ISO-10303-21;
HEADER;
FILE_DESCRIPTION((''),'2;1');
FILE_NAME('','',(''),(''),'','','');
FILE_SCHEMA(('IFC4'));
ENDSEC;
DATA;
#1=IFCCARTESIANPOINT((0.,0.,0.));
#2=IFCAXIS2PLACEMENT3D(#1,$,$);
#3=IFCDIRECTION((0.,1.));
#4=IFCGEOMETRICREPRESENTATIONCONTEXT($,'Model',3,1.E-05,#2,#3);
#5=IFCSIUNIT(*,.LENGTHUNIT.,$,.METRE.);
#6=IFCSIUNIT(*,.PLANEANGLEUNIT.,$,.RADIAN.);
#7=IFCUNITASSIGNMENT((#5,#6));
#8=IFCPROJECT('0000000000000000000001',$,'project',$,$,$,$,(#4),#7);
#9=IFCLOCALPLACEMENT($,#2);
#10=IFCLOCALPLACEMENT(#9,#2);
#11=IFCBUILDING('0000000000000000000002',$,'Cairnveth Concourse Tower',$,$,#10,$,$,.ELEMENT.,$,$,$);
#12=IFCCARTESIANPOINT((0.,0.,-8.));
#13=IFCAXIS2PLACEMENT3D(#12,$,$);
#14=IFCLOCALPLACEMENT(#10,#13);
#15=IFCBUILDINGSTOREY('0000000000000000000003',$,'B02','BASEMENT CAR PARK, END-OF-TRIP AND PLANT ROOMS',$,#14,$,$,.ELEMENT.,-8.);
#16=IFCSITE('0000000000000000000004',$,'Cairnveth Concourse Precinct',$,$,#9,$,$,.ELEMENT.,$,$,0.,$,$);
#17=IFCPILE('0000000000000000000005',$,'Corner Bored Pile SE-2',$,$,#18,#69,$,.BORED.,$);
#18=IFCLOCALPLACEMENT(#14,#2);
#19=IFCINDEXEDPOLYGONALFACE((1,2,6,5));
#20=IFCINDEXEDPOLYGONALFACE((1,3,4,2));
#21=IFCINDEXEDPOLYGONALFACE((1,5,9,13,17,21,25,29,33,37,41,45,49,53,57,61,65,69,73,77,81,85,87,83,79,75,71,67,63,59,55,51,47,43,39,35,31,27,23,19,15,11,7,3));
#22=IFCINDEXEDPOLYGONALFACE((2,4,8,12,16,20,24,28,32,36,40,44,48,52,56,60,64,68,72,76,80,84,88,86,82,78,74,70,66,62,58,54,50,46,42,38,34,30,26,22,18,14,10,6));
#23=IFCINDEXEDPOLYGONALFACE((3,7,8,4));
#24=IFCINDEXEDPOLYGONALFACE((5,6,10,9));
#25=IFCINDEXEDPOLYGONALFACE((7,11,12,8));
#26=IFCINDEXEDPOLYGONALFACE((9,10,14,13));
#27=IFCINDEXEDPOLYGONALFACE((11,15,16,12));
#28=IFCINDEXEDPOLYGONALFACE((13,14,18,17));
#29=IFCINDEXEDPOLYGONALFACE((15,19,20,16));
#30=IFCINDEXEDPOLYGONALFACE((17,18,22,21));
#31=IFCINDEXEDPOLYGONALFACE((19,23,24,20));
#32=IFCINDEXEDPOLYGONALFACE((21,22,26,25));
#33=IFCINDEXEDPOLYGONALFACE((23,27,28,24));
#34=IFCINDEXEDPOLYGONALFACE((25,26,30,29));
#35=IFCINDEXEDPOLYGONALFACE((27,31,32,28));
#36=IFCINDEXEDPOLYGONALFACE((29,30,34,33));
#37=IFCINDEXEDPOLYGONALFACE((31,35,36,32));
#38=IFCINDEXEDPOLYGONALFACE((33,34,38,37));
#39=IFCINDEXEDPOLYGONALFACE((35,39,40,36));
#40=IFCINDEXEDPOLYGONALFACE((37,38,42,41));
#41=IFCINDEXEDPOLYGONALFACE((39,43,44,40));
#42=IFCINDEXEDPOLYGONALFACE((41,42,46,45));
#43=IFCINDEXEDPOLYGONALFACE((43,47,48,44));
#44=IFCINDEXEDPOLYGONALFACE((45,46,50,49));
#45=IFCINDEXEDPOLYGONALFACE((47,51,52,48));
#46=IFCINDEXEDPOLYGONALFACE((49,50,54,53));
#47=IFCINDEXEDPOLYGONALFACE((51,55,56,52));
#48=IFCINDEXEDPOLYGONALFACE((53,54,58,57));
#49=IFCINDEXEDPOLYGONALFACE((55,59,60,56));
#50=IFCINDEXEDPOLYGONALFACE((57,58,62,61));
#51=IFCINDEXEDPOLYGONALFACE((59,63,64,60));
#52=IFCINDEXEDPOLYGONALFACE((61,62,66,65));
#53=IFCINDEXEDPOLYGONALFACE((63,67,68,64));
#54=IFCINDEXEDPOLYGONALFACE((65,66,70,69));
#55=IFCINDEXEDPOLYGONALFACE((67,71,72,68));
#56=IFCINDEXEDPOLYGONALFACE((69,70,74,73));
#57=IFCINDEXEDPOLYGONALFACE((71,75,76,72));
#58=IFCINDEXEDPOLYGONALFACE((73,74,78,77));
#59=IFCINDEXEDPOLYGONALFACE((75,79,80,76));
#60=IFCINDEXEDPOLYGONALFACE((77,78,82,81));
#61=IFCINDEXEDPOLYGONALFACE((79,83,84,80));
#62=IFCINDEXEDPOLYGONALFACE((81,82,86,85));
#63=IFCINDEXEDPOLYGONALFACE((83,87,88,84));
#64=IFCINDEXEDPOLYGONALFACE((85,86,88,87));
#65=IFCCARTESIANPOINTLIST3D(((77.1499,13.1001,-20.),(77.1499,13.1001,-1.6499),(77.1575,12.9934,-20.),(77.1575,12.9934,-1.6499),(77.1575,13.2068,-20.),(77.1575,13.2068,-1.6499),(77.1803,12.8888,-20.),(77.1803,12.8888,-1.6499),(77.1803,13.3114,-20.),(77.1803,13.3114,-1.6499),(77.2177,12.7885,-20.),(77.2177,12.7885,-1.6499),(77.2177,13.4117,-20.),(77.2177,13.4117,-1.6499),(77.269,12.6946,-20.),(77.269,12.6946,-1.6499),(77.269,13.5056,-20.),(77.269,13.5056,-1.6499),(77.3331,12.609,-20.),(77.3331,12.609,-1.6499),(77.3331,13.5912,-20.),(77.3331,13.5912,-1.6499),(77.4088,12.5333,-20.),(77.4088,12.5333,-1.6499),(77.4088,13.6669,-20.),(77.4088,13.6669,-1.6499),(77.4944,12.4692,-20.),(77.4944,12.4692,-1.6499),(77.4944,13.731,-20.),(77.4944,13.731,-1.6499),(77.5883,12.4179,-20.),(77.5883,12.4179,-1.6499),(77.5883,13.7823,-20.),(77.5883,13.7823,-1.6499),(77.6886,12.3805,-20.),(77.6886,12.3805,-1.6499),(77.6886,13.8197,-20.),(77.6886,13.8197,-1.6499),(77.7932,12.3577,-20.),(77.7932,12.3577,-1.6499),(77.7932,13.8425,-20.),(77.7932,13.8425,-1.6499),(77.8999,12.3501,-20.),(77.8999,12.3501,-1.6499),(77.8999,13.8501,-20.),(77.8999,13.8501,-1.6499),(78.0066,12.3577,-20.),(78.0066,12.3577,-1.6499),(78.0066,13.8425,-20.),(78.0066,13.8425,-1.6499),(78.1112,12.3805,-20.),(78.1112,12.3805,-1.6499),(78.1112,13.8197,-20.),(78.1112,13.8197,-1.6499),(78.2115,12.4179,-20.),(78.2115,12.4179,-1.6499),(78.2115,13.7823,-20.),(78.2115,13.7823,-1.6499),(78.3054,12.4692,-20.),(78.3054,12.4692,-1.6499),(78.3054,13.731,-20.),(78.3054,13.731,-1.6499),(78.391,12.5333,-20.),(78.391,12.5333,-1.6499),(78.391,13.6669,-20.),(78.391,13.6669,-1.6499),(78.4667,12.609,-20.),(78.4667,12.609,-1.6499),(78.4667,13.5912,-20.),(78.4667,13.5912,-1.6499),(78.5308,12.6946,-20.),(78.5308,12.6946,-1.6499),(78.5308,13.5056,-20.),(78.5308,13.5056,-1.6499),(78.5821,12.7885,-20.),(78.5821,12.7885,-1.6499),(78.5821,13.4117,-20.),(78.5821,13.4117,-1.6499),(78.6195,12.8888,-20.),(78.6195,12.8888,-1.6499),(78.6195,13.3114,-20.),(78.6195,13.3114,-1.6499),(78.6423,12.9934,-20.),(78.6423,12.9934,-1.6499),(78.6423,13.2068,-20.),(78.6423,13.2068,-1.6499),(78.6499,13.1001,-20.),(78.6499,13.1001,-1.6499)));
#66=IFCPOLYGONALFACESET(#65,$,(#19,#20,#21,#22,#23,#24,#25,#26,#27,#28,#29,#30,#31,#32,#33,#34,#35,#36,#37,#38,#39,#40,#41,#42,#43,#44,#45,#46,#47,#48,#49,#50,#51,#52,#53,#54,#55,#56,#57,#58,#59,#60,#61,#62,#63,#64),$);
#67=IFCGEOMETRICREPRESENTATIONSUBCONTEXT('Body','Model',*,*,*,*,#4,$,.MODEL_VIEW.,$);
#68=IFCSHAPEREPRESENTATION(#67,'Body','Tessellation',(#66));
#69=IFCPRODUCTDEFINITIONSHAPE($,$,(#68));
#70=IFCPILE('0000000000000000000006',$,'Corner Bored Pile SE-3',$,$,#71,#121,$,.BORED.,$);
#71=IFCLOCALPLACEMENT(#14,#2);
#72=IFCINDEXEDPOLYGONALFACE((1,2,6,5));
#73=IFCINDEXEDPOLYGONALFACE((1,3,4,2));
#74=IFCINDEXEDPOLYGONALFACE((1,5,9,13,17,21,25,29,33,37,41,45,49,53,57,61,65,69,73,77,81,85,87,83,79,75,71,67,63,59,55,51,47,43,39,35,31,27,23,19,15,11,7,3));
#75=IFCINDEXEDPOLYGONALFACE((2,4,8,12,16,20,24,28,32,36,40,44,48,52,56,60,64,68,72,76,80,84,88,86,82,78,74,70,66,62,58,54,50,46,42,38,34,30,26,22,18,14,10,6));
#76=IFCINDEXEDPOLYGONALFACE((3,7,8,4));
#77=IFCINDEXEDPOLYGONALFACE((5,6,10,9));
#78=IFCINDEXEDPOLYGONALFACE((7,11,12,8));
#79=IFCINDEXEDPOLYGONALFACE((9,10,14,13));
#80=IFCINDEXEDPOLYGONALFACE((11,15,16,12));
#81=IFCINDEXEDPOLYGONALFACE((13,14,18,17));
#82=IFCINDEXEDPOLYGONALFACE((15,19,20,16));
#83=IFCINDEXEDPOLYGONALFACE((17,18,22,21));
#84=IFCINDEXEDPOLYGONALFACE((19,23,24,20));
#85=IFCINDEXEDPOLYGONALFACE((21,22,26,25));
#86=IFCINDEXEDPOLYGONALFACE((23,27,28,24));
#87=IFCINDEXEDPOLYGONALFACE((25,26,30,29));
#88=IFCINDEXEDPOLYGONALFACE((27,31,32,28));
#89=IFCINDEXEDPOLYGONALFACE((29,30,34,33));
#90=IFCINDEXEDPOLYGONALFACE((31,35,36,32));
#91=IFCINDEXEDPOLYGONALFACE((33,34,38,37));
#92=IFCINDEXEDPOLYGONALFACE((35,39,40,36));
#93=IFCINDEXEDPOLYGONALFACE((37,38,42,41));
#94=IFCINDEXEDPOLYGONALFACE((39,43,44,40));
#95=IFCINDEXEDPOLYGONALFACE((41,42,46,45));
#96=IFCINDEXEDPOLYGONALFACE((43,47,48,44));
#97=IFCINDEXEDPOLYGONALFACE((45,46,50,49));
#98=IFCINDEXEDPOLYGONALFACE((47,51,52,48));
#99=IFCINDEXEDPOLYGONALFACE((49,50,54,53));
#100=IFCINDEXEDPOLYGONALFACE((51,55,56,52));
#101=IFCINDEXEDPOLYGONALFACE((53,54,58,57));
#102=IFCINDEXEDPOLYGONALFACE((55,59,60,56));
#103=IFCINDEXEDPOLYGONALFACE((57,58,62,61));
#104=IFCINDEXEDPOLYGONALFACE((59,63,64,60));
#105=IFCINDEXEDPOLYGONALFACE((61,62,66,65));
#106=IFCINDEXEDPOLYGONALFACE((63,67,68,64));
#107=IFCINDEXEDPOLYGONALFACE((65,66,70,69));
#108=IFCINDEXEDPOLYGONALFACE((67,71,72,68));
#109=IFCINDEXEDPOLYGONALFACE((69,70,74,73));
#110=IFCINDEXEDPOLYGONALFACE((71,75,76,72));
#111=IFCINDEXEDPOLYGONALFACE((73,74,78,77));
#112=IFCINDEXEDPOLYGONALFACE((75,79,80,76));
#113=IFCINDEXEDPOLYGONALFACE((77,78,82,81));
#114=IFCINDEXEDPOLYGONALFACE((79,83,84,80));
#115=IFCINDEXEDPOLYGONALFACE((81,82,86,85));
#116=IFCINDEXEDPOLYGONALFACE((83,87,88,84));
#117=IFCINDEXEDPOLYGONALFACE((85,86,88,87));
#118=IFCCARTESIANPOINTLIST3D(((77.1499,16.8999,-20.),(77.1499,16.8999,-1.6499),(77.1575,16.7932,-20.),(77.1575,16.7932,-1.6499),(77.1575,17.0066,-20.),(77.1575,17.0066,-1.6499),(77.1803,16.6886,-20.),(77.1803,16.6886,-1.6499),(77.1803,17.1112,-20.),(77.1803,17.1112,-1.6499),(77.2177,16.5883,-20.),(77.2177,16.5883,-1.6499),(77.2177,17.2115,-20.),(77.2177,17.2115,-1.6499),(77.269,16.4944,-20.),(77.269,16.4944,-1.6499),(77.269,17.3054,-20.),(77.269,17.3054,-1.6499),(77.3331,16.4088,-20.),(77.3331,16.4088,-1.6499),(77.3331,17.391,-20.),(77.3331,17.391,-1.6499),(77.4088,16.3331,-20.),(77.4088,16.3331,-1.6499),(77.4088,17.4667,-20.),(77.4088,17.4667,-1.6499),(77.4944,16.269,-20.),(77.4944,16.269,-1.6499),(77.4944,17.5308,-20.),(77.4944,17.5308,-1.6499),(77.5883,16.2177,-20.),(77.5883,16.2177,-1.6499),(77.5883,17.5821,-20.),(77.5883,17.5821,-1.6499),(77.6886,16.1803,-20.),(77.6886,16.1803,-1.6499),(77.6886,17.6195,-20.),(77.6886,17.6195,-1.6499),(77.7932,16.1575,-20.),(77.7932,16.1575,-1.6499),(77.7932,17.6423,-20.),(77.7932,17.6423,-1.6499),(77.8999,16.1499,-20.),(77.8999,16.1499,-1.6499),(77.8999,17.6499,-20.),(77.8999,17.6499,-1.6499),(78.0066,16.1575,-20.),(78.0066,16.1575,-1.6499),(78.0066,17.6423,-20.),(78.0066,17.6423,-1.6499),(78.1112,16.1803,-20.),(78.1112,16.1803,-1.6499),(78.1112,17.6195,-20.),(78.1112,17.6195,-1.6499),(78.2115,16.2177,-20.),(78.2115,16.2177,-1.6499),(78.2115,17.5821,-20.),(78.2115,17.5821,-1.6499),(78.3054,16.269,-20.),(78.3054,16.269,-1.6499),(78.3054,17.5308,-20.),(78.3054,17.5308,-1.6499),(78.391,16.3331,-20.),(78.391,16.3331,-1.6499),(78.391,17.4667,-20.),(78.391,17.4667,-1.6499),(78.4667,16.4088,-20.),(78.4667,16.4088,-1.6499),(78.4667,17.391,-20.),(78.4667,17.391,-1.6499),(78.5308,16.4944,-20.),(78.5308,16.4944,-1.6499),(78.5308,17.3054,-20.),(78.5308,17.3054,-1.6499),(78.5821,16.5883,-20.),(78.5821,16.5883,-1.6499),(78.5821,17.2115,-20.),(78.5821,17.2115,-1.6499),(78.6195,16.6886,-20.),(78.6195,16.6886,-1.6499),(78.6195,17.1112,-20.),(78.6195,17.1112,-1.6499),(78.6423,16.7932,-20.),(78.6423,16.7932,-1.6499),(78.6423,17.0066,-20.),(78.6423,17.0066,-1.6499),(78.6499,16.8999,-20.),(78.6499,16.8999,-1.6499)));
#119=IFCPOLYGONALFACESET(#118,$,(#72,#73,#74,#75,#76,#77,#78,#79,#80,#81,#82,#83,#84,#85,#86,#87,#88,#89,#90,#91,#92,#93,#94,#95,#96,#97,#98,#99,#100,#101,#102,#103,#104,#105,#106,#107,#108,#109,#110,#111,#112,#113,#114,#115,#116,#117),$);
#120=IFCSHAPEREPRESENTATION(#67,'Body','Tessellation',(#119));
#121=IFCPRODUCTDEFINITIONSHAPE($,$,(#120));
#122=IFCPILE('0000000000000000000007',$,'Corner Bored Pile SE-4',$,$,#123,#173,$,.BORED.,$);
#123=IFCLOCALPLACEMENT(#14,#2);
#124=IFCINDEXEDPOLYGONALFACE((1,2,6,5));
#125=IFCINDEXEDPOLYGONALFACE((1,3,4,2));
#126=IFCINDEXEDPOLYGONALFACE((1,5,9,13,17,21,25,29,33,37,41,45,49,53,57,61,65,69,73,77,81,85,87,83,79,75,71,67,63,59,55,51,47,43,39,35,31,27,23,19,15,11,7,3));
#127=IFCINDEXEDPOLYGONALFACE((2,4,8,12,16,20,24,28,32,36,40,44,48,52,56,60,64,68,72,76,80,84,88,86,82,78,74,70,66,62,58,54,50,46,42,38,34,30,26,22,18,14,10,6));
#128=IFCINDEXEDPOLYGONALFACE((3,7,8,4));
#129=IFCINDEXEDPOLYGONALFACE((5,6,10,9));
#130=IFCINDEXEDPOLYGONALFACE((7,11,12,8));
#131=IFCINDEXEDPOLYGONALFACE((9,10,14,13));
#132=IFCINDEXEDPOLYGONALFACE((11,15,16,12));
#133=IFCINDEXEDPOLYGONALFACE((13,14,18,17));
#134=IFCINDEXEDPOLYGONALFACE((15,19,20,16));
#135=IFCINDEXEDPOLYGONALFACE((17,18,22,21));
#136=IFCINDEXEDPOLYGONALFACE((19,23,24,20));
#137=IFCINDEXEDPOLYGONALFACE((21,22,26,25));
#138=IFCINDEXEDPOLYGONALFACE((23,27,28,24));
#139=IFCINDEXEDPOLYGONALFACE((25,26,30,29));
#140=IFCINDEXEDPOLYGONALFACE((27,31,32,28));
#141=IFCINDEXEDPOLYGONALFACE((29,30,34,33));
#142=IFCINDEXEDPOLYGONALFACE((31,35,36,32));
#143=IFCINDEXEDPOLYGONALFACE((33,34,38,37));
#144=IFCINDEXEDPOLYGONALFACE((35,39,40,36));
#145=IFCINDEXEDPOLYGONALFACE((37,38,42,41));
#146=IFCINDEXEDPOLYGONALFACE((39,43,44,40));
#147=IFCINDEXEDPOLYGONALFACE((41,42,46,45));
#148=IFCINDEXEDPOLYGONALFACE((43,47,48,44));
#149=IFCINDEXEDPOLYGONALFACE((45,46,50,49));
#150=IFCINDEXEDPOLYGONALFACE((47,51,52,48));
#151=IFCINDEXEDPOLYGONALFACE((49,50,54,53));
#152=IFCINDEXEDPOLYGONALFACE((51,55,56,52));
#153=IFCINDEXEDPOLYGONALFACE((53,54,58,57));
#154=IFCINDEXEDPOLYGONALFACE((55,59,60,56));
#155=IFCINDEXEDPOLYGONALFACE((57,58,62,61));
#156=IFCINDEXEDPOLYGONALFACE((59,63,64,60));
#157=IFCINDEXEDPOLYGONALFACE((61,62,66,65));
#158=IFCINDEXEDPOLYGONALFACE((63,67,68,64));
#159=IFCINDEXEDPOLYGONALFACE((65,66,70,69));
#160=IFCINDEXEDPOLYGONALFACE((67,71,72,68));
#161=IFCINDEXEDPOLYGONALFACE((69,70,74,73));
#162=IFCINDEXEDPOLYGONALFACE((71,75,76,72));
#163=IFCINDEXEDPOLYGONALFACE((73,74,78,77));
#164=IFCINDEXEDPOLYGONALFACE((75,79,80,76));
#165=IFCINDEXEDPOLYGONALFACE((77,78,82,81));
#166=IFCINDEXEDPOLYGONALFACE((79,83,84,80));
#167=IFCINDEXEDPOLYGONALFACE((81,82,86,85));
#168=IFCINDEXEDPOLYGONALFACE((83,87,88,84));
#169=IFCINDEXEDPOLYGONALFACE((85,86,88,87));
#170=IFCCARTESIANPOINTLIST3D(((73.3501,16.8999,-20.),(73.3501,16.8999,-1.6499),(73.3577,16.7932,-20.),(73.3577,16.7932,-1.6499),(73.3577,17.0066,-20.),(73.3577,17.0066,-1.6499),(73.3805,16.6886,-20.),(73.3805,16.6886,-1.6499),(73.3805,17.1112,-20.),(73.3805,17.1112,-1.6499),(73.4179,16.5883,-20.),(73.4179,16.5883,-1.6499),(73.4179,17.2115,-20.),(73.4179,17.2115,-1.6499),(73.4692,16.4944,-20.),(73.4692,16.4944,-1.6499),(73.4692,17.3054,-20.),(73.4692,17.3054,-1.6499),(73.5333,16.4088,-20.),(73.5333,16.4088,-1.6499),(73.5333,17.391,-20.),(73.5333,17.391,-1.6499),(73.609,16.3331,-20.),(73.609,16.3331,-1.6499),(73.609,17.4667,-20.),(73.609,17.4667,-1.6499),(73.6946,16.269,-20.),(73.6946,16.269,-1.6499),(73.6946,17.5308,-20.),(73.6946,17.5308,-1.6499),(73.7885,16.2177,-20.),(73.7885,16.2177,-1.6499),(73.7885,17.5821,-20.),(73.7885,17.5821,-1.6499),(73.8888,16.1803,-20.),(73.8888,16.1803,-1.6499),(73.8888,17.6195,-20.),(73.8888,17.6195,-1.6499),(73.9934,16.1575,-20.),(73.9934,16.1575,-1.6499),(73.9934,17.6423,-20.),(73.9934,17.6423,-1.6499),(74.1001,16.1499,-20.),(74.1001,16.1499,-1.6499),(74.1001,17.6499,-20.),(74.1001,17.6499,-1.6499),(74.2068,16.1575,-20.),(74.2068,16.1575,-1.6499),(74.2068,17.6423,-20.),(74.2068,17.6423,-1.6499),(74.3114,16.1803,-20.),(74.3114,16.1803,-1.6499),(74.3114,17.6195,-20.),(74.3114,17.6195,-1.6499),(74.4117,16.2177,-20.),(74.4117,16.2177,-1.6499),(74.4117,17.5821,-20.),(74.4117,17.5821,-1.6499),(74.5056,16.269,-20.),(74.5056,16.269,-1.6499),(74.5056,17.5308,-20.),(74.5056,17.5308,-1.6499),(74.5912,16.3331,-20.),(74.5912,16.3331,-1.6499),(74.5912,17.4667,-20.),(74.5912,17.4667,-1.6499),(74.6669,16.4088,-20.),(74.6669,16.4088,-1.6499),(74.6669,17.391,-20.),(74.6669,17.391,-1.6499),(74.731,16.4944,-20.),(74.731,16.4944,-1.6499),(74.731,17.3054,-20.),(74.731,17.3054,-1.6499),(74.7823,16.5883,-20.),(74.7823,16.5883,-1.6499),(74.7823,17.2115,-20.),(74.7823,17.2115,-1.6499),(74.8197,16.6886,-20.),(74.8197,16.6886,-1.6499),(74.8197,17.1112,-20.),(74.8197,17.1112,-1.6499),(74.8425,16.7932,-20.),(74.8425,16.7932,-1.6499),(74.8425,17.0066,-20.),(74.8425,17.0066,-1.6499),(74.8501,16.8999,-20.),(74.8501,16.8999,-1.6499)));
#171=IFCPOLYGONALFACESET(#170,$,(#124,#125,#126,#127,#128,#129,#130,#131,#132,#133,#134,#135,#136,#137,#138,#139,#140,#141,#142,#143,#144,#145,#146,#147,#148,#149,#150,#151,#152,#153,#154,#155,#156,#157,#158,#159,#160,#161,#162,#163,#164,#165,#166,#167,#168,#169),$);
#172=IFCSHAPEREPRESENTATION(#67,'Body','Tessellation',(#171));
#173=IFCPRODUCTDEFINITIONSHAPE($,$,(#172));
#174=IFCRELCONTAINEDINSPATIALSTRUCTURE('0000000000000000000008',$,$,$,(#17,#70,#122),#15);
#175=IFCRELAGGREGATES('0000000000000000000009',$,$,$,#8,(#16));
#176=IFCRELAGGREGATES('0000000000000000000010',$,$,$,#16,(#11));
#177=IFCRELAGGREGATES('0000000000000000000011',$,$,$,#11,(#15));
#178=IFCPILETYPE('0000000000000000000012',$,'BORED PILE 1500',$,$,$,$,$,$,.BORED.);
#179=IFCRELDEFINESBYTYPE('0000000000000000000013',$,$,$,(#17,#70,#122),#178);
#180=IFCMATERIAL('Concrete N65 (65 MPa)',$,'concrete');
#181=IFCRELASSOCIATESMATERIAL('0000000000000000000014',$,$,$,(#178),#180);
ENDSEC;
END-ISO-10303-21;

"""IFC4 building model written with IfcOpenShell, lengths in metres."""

from ifc_helpers import new_model, si_unit, direction, frame, origin, origin_2d, place, context, subcontext, project, spatial, circle, extrude, material, material_profile, profile_set, type_object, element, save


model = new_model("IFC4")

# Units and contexts
model_context = context("Model", 3, precision=1e-05, world=origin(), true_north=direction((0.0, 1.0)))
body_context = subcontext(model_context, "Body", "Model", "MODEL_VIEW")
ifc_project = project(units=[si_unit("LENGTHUNIT", "METRE"), si_unit("PLANEANGLEUNIT", "RADIAN")], contexts=[model_context])

# Site, building, storey
site_placement = place(None, origin())
site = spatial("IfcSite", under=ifc_project, at=site_placement, Name="Cairnveth Concourse Precinct", CompositionType="ELEMENT", RefElevation=0.0)
building_placement = place(site_placement, origin())
building = spatial("IfcBuilding", under=site, at=building_placement, Name="Cairnveth Concourse Tower", CompositionType="ELEMENT")
storey_placement = place(building_placement, frame((0.0, 0.0, -8.0)))
storey = spatial("IfcBuildingStorey", under=building, at=storey_placement, Name="B02", Description="BASEMENT CAR PARK, END-OF-TRIP AND PLANT ROOMS", CompositionType="ELEMENT", Elevation=-8.0)

# Piles
ifc_material_1 = material(Name="Concrete N65 (65 MPa)", Category="concrete")
ifc_material_profile_1 = material_profile(ifc_material_1, circle(Radius=0.75, at=origin_2d()), Name="PILE-1500")
ifc_profile_set_1 = profile_set([ifc_material_profile_1], Name="Concrete N65 (65 MPa)")
pile_type_1 = type_object("IfcPileType", Name="BORED PILE 1500", PredefinedType="BORED", material=ifc_profile_set_1)
for number, where, z_axis, x_axis, name in (
    (1, (77.8999, 13.1001, -1.6499), (0.0, 0.0, -1.0), (1.0, 0.0, 0.0), "Corner Bored Pile SE-2"),
    (2, (77.8999, 16.8999, -1.6499), (0.0, 0.0, -1.0), (1.0, 0.0, 0.0), "Corner Bored Pile SE-3"),
    (3, (74.1001, 16.8999, -1.6499), (0.0, 0.0, -1.0), (1.0, 0.0, 0.0), "Corner Bored Pile SE-4"),
):
    element("IfcPile", number, at=place(storey_placement, frame(where, z_axis=z_axis, x_axis=x_axis)), inside=storey, type_object=pile_type_1, Name=name, PredefinedType="BORED", context=body_context, shape_type="SweptSolid", body=[
        extrude(circle(Radius=0.75, at=origin_2d()), origin(), (0.0, 0.0, 1.0), 18.3501),
    ])

save(model, "model.ifc")
